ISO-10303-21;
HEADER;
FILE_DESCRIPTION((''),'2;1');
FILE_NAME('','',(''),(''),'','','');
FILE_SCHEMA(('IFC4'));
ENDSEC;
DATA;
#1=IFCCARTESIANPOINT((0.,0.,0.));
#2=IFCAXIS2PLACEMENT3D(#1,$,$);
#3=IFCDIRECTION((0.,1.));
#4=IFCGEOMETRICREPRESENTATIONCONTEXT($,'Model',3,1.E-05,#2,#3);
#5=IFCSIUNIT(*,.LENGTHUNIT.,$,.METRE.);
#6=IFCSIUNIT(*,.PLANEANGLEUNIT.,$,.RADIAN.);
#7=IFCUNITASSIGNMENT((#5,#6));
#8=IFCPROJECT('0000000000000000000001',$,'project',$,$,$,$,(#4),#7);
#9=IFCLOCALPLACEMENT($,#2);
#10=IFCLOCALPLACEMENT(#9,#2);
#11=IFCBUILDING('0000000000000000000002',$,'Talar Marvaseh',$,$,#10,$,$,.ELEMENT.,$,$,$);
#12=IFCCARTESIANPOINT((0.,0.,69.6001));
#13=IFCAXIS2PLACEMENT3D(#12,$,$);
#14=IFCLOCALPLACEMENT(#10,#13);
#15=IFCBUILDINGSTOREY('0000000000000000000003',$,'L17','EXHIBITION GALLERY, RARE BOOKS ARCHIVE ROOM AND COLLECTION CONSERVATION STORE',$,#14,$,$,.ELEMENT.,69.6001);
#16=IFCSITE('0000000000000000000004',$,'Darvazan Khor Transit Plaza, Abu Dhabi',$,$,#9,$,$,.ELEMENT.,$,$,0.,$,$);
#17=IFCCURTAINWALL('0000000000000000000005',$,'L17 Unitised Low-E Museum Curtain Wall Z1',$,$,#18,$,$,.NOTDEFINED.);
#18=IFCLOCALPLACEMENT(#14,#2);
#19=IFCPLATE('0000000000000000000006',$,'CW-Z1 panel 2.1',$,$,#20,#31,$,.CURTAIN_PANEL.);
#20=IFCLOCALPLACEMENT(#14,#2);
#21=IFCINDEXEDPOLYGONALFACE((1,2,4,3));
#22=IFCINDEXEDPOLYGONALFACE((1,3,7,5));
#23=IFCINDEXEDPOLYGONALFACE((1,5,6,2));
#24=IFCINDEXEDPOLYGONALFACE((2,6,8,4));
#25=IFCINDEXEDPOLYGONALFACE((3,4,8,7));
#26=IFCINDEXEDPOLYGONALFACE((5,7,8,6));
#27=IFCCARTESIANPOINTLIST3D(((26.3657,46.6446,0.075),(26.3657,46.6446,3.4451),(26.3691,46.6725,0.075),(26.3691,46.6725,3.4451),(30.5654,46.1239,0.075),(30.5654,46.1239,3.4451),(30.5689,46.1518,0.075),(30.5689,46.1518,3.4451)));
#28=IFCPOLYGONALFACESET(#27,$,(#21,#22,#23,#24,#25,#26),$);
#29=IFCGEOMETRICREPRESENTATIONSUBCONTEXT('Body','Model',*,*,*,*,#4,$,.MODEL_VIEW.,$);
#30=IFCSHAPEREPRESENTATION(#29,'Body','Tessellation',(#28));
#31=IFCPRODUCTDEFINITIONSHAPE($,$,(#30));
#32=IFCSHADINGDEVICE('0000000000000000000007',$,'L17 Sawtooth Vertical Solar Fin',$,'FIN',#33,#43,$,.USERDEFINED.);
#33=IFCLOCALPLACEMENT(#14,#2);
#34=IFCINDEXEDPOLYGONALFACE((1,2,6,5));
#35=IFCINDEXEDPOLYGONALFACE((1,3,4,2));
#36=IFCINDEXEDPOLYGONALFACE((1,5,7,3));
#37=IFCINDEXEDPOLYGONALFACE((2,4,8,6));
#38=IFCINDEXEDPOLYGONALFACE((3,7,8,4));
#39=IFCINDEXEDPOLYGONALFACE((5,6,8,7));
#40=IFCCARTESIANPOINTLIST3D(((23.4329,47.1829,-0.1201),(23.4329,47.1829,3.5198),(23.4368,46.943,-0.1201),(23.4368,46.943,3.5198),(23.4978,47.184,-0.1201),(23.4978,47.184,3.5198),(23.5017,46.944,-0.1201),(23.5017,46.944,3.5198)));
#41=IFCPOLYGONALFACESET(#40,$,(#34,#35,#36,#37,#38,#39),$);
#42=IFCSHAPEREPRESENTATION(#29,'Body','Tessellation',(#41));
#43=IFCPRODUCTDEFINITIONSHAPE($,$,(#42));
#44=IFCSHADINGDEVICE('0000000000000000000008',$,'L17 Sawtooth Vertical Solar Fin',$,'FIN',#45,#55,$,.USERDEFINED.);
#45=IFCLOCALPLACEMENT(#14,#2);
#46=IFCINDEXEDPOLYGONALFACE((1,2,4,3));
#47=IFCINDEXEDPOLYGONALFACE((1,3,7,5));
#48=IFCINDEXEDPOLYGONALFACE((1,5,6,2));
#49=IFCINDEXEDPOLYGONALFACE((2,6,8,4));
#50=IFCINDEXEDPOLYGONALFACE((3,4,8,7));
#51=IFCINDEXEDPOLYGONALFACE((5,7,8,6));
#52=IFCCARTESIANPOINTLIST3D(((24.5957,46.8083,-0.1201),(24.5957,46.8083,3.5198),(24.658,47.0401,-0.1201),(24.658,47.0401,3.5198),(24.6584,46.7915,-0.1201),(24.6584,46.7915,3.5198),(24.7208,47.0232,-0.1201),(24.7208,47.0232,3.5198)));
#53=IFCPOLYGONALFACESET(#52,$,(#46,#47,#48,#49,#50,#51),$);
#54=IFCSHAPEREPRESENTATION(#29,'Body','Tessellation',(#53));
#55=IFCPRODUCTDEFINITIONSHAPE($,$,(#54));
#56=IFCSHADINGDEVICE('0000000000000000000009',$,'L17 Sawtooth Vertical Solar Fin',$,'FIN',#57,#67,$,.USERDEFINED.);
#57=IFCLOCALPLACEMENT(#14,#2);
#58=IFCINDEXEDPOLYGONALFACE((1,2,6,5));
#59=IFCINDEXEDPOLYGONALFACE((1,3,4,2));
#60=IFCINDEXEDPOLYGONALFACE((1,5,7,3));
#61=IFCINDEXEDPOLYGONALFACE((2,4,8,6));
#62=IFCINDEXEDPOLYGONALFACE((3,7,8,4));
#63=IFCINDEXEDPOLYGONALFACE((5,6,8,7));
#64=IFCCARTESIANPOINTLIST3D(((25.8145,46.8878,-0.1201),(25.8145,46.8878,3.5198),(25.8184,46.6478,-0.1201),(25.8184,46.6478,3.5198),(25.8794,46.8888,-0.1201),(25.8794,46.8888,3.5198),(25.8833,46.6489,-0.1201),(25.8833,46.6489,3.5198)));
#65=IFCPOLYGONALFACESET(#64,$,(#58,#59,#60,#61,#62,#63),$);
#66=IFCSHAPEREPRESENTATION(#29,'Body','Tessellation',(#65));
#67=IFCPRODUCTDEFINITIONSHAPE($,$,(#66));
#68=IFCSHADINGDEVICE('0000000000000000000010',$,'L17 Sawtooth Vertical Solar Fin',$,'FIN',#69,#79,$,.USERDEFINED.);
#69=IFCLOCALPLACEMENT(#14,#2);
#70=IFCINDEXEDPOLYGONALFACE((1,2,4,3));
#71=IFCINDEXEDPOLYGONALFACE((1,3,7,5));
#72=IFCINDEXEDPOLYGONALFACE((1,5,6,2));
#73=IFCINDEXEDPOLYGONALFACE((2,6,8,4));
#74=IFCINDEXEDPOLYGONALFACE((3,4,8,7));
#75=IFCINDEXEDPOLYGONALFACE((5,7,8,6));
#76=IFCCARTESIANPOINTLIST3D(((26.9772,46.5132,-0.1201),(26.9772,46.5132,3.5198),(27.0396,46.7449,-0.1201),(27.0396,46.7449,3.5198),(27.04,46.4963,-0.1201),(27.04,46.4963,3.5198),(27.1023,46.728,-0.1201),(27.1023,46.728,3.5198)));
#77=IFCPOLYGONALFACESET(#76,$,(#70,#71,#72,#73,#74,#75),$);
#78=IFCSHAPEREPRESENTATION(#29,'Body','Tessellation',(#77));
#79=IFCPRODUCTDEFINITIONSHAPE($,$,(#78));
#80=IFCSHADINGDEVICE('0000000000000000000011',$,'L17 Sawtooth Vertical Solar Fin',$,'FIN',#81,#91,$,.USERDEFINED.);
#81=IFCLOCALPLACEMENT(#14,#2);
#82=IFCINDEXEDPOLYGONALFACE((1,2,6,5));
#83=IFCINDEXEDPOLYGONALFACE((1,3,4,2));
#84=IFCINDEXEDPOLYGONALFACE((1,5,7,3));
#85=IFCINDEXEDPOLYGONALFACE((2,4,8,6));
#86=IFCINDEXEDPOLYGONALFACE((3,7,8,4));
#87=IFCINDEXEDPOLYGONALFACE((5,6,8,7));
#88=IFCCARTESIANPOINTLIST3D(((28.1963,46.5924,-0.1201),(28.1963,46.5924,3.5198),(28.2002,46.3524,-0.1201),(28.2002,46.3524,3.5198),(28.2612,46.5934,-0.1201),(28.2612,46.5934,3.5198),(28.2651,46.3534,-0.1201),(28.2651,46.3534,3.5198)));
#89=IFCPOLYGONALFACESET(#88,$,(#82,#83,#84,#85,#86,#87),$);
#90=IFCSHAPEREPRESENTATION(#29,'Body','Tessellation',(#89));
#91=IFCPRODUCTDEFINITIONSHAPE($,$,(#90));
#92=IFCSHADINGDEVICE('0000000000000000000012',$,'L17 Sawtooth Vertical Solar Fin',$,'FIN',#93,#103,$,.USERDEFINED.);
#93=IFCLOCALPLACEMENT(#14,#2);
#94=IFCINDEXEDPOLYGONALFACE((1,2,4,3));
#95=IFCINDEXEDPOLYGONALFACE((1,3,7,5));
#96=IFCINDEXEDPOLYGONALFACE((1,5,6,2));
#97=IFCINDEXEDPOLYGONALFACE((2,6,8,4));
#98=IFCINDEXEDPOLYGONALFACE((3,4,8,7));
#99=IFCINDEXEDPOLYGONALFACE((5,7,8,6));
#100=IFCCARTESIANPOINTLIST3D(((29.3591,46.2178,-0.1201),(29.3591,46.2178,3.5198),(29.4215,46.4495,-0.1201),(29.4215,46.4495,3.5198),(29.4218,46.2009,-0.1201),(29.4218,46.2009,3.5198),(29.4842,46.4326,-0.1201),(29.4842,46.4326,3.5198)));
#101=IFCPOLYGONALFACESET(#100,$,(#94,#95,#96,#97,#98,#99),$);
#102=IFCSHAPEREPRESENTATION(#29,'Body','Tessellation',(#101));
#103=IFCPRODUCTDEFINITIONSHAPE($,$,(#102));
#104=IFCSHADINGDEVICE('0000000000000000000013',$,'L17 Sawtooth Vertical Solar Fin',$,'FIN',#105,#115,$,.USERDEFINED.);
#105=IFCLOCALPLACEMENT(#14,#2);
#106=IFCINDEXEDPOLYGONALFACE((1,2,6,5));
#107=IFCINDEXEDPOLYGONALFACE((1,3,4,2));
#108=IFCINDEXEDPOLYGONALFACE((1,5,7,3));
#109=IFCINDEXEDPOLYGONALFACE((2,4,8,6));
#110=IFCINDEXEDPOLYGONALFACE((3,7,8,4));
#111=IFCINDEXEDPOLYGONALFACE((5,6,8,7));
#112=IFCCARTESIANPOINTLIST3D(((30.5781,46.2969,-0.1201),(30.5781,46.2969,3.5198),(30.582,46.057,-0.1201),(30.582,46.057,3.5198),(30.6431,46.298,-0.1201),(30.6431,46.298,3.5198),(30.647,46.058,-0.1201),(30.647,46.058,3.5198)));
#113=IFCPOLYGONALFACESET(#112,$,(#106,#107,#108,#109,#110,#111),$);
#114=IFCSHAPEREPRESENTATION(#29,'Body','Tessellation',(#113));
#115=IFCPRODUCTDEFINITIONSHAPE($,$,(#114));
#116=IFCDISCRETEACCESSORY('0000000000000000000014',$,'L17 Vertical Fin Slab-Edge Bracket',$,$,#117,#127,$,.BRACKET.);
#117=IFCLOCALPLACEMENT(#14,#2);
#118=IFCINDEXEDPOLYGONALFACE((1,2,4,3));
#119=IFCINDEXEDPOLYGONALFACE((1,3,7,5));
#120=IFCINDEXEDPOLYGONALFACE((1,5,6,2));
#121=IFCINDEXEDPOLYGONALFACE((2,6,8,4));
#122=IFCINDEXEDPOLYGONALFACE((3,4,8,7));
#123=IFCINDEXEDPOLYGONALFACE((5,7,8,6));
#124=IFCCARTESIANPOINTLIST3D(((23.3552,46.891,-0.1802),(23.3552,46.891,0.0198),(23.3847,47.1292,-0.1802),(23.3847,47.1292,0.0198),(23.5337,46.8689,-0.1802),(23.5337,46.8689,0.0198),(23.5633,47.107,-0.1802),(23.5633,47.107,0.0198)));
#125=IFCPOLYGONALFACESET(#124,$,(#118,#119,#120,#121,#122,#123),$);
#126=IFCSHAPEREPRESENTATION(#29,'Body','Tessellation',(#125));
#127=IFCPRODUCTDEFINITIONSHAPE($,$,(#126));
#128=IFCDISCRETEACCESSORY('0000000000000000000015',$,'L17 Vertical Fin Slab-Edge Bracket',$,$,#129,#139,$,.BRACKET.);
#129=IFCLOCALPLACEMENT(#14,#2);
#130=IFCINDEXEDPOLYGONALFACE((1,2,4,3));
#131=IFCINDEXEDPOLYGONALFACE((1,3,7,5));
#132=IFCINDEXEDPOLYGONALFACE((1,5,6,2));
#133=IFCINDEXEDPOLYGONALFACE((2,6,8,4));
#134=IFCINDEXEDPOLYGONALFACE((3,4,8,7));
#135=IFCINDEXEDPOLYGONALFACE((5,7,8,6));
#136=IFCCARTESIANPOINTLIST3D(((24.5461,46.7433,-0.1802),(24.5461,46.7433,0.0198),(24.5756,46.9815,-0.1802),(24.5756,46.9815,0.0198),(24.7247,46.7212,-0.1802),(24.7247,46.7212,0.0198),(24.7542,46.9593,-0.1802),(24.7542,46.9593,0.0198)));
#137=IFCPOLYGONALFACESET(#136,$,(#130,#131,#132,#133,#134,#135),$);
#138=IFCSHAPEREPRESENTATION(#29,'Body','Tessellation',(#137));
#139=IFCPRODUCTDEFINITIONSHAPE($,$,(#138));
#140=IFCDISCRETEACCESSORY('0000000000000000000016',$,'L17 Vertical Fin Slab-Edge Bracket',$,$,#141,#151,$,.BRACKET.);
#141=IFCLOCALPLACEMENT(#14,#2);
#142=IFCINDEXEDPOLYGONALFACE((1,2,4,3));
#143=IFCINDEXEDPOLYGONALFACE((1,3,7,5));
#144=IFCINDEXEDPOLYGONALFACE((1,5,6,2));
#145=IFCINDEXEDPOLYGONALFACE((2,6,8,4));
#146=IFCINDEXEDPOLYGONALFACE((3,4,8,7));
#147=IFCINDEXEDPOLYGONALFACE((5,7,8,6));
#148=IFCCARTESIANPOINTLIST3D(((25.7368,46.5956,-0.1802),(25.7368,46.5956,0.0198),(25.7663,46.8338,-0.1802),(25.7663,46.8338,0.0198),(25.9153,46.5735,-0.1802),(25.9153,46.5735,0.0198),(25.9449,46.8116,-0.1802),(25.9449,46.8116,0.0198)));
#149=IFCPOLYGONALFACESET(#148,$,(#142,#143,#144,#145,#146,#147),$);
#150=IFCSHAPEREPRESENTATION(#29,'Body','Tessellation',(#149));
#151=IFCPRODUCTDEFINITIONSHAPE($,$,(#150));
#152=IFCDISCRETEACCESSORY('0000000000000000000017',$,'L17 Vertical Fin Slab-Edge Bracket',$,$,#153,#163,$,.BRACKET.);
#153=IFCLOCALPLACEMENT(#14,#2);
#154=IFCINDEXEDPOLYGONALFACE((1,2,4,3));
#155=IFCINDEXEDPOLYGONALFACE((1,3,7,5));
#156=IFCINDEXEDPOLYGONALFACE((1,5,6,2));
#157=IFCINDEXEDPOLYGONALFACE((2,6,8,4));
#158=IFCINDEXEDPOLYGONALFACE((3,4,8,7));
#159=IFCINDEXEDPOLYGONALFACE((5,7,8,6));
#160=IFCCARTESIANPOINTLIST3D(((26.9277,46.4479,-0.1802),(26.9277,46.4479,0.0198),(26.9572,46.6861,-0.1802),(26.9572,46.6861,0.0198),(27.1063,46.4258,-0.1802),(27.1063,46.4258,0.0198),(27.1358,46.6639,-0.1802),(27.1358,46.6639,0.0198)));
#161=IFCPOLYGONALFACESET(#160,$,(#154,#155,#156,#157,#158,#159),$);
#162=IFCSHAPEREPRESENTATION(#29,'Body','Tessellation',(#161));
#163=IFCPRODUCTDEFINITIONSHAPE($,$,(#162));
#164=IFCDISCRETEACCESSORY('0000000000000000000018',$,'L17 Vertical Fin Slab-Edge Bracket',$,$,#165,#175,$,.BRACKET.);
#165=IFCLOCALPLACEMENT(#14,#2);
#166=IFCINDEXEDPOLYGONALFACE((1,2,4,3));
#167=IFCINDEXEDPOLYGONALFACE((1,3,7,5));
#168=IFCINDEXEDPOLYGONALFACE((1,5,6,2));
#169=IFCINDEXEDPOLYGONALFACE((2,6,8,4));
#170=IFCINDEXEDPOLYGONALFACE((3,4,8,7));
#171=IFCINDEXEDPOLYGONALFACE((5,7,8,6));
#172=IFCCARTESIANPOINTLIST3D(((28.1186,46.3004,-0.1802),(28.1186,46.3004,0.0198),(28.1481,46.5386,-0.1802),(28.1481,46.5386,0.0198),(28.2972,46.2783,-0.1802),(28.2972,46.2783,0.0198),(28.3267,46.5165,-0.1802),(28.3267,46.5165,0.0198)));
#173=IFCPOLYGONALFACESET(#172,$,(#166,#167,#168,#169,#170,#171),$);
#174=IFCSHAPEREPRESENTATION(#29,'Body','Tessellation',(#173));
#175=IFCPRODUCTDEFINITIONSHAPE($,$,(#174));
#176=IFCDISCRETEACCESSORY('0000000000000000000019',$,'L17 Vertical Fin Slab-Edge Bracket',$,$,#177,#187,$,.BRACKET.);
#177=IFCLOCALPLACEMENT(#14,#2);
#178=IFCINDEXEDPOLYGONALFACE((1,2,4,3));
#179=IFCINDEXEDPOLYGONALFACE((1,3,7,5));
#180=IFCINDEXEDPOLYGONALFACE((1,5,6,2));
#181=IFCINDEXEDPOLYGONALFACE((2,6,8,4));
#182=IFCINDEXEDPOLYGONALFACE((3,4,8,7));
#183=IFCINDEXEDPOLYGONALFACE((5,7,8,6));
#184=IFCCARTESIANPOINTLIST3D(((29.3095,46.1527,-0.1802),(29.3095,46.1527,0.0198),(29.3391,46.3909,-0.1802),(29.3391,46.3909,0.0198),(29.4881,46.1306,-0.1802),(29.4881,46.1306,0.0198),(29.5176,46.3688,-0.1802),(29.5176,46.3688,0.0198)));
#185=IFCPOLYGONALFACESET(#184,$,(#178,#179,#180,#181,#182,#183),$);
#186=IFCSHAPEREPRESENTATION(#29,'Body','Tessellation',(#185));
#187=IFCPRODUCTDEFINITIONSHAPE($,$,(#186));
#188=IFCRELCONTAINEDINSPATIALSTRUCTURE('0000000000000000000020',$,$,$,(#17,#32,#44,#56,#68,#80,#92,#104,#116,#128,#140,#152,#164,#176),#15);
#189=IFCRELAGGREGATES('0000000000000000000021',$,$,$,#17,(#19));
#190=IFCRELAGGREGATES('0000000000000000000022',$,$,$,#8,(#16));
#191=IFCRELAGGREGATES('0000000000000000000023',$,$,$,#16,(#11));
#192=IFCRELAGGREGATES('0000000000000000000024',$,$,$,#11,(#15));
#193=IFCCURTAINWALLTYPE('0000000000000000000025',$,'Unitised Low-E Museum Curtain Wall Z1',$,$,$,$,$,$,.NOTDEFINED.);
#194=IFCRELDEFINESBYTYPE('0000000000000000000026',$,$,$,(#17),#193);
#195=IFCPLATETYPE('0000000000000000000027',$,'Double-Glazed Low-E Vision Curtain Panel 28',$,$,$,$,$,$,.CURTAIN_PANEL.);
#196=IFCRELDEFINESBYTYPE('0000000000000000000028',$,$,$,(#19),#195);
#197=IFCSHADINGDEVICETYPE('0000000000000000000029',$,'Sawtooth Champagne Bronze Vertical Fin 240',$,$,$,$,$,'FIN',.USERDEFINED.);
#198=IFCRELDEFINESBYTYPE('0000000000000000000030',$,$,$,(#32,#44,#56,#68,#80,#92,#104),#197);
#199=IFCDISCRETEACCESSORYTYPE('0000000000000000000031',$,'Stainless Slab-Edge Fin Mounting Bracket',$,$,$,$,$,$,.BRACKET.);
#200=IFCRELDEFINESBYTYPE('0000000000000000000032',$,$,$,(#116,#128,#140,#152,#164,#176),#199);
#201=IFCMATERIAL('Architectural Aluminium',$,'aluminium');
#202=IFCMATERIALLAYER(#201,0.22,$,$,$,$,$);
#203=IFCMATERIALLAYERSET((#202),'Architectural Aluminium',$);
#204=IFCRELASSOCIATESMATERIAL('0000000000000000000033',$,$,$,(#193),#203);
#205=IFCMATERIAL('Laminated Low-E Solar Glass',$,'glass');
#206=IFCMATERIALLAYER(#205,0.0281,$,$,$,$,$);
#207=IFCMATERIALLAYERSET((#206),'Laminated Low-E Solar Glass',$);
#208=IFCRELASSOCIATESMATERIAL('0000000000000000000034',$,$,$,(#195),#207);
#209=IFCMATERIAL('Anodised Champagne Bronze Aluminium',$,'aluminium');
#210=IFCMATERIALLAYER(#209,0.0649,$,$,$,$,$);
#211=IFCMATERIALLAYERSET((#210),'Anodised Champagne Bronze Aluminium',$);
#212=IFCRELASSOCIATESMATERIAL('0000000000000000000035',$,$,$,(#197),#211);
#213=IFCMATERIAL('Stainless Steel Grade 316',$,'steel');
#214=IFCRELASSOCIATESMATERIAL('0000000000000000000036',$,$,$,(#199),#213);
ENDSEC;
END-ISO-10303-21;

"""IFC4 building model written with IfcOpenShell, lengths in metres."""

from ifc_helpers import new_model, si_unit, direction, frame, origin, origin_2d, place, context, subcontext, project, spatial, rectangle, extrude, source, transform, mapped, material, layer, layer_set, type_object, type_shapes, element, aggregate, save


model = new_model("IFC4")

# Units and contexts
model_context = context("Model", 3, precision=1e-05, world=origin(), true_north=direction((0.0, 1.0)))
body_context = subcontext(model_context, "Body", "Model", "MODEL_VIEW")
ifc_project = project(units=[si_unit("LENGTHUNIT", "METRE"), si_unit("PLANEANGLEUNIT", "RADIAN")], contexts=[model_context])

# Site, building, storey
site_placement = place(None, origin())
site = spatial("IfcSite", under=ifc_project, at=site_placement, Name="Darvazan Khor Transit Plaza, Abu Dhabi", CompositionType="ELEMENT", RefElevation=0.0)
building_placement = place(site_placement, origin())
building = spatial("IfcBuilding", under=site, at=building_placement, Name="Talar Marvaseh", CompositionType="ELEMENT")
storey_placement = place(building_placement, frame((0.0, 0.0, 69.6001)))
storey = spatial("IfcBuildingStorey", under=building, at=storey_placement, Name="L17", Description="EXHIBITION GALLERY, RARE BOOKS ARCHIVE ROOM AND COLLECTION CONSERVATION STORE", CompositionType="ELEMENT", Elevation=69.6001)

# Curtain wall, plate
ifc_material_1 = material(Name="Architectural Aluminium", Category="aluminium")
ifc_layer_1 = layer(ifc_material_1, 0.22)
ifc_layer_set_1 = layer_set([ifc_layer_1], Name="Architectural Aluminium")
curtain_wall_type = type_object("IfcCurtainWallType", Name="Unitised Low-E Museum Curtain Wall Z1", PredefinedType="NOTDEFINED", material=ifc_layer_set_1)
curtain_wall_placement = place(storey_placement, origin())
curtain_wall = element("IfcCurtainWall", 1, at=curtain_wall_placement, inside=storey, type_object=curtain_wall_type, Name="L17 Unitised Low-E Museum Curtain Wall Z1", PredefinedType="NOTDEFINED")
ifc_material_2 = material(Name="Laminated Low-E Solar Glass", Category="glass")
ifc_layer_2 = layer(ifc_material_2, 0.0281)
ifc_layer_set_2 = layer_set([ifc_layer_2], Name="Laminated Low-E Solar Glass")
plate_type = type_object("IfcPlateType", Name="Double-Glazed Low-E Vision Curtain Panel 28", PredefinedType="CURTAIN_PANEL", material=ifc_layer_set_2)
shared_shape_1 = source(origin(), body_context, "Body", "SweptSolid", [
    extrude(rectangle(XDim=4.2319, YDim=0.0281, at=origin_2d()), origin(), (0.0, 0.0, 1.0), 3.3701),
])
plate_1_placement = place(storey_placement, frame((28.4673, 46.3982, 0.075), z_axis=(0.0, 0.0, 1.0), x_axis=(0.992401, -0.123049, 0.0)))
plate_1 = element("IfcPlate", 2, at=plate_1_placement, type_object=plate_type, Name="CW-Z1 panel 2.1", PredefinedType="CURTAIN_PANEL", context=body_context, shape_type="MappedRepresentation", body=[
    mapped(shared_shape_1, transform((0.0, 0.0, 0.0), x_axis=(1.0, 0.0, 0.0), y_axis=(0.0, 1.0, 0.0), z_axis=(0.0, 0.0, 1.0), scale=1.0)),
])
aggregate(curtain_wall, [plate_1])

# Shading devices
ifc_material_3 = material(Name="Anodised Champagne Bronze Aluminium", Category="aluminium")
ifc_layer_3 = layer(ifc_material_3, 0.0649)
ifc_layer_set_3 = layer_set([ifc_layer_3], Name="Anodised Champagne Bronze Aluminium")
shading_device_type = type_object("IfcShadingDeviceType", Name="Sawtooth Champagne Bronze Vertical Fin 240", ElementType="FIN", PredefinedType="USERDEFINED", material=ifc_layer_set_3)
shared_shape_2 = source(origin(), body_context, "Body", "SweptSolid", [
    extrude(rectangle(XDim=0.24, YDim=0.0649, at=origin_2d()), origin(), (0.0, 0.0, 1.0), 3.6399),
])
type_shapes(shading_device_type, [shared_shape_2])
for number, where, z_axis, x_axis, name in (
    (3, (23.4673, 47.0635, -0.1201), (0.0, 0.0, 1.0), (-0.016231, 0.999868, 0.0), "L17 Sawtooth Vertical Solar Fin"),
    (4, (24.6582, 46.9158, -0.1201), (0.0, 0.0, 1.0), (0.259999, 0.965609, 0.0), "L17 Sawtooth Vertical Solar Fin"),
    (5, (25.8489, 46.7683, -0.1201), (0.0, 0.0, 1.0), (-0.016231, 0.999868, 0.0), "L17 Sawtooth Vertical Solar Fin"),
    (6, (27.0398, 46.6206, -0.1201), (0.0, 0.0, 1.0), (0.259999, 0.965609, 0.0), "L17 Sawtooth Vertical Solar Fin"),
    (7, (28.2307, 46.4729, -0.1201), (0.0, 0.0, 1.0), (-0.016231, 0.999868, 0.0), "L17 Sawtooth Vertical Solar Fin"),
    (8, (29.4216, 46.3252, -0.1201), (0.0, 0.0, 1.0), (0.259999, 0.965609, 0.0), "L17 Sawtooth Vertical Solar Fin"),
    (9, (30.6125, 46.1775, -0.1201), (0.0, 0.0, 1.0), (-0.016231, 0.999868, 0.0), "L17 Sawtooth Vertical Solar Fin"),
):
    element("IfcShadingDevice", number, at=place(storey_placement, frame(where, z_axis=z_axis, x_axis=x_axis)), inside=storey, type_object=shading_device_type, Name=name, ObjectType="FIN", PredefinedType="USERDEFINED", context=body_context, shape_type="MappedRepresentation", body=[
        mapped(shared_shape_2, transform((0.0, 0.0, 0.0), x_axis=(1.0, 0.0, 0.0), y_axis=(0.0, 1.0, 0.0), z_axis=(0.0, 0.0, 1.0), scale=1.0)),
    ])

# Discrete accessories
ifc_material_4 = material(Name="Stainless Steel Grade 316", Category="steel")
discrete_accessory_type = type_object("IfcDiscreteAccessoryType", Name="Stainless Slab-Edge Fin Mounting Bracket", PredefinedType="BRACKET", material=ifc_material_4)
shared_shape_3 = source(origin(), body_context, "Body", "SweptSolid", [
    extrude(rectangle(XDim=0.24, YDim=0.1799, at=origin_2d()), origin(), (0.0, 0.0, 1.0), 0.2),
])
type_shapes(discrete_accessory_type, [shared_shape_3])
for number, where, z_axis, x_axis, name in (
    (10, (23.4592, 46.999, -0.1802), (0.0, 0.0, 1.0), (0.123082, 0.992397, 0.0), "L17 Vertical Fin Slab-Edge Bracket"),
    (11, (24.6501, 46.8513, -0.1802), (0.0, 0.0, 1.0), (0.123082, 0.992397, 0.0), "L17 Vertical Fin Slab-Edge Bracket"),
    (12, (25.8408, 46.7036, -0.1802), (0.0, 0.0, 1.0), (0.123082, 0.992397, 0.0), "L17 Vertical Fin Slab-Edge Bracket"),
    (13, (27.0317, 46.5559, -0.1802), (0.0, 0.0, 1.0), (0.123082, 0.992397, 0.0), "L17 Vertical Fin Slab-Edge Bracket"),
    (14, (28.2227, 46.4084, -0.1802), (0.0, 0.0, 1.0), (0.123082, 0.992397, 0.0), "L17 Vertical Fin Slab-Edge Bracket"),
    (15, (29.4136, 46.2607, -0.1802), (0.0, 0.0, 1.0), (0.123082, 0.992397, 0.0), "L17 Vertical Fin Slab-Edge Bracket"),
):
    element("IfcDiscreteAccessory", number, at=place(storey_placement, frame(where, z_axis=z_axis, x_axis=x_axis)), inside=storey, type_object=discrete_accessory_type, Name=name, PredefinedType="BRACKET", context=body_context, shape_type="MappedRepresentation", body=[
        mapped(shared_shape_3, transform((0.0, 0.0, 0.0), x_axis=(1.0, 0.0, 0.0), y_axis=(0.0, 1.0, 0.0), z_axis=(0.0, 0.0, 1.0), scale=1.0)),
    ])

save(model, "model.ifc")
